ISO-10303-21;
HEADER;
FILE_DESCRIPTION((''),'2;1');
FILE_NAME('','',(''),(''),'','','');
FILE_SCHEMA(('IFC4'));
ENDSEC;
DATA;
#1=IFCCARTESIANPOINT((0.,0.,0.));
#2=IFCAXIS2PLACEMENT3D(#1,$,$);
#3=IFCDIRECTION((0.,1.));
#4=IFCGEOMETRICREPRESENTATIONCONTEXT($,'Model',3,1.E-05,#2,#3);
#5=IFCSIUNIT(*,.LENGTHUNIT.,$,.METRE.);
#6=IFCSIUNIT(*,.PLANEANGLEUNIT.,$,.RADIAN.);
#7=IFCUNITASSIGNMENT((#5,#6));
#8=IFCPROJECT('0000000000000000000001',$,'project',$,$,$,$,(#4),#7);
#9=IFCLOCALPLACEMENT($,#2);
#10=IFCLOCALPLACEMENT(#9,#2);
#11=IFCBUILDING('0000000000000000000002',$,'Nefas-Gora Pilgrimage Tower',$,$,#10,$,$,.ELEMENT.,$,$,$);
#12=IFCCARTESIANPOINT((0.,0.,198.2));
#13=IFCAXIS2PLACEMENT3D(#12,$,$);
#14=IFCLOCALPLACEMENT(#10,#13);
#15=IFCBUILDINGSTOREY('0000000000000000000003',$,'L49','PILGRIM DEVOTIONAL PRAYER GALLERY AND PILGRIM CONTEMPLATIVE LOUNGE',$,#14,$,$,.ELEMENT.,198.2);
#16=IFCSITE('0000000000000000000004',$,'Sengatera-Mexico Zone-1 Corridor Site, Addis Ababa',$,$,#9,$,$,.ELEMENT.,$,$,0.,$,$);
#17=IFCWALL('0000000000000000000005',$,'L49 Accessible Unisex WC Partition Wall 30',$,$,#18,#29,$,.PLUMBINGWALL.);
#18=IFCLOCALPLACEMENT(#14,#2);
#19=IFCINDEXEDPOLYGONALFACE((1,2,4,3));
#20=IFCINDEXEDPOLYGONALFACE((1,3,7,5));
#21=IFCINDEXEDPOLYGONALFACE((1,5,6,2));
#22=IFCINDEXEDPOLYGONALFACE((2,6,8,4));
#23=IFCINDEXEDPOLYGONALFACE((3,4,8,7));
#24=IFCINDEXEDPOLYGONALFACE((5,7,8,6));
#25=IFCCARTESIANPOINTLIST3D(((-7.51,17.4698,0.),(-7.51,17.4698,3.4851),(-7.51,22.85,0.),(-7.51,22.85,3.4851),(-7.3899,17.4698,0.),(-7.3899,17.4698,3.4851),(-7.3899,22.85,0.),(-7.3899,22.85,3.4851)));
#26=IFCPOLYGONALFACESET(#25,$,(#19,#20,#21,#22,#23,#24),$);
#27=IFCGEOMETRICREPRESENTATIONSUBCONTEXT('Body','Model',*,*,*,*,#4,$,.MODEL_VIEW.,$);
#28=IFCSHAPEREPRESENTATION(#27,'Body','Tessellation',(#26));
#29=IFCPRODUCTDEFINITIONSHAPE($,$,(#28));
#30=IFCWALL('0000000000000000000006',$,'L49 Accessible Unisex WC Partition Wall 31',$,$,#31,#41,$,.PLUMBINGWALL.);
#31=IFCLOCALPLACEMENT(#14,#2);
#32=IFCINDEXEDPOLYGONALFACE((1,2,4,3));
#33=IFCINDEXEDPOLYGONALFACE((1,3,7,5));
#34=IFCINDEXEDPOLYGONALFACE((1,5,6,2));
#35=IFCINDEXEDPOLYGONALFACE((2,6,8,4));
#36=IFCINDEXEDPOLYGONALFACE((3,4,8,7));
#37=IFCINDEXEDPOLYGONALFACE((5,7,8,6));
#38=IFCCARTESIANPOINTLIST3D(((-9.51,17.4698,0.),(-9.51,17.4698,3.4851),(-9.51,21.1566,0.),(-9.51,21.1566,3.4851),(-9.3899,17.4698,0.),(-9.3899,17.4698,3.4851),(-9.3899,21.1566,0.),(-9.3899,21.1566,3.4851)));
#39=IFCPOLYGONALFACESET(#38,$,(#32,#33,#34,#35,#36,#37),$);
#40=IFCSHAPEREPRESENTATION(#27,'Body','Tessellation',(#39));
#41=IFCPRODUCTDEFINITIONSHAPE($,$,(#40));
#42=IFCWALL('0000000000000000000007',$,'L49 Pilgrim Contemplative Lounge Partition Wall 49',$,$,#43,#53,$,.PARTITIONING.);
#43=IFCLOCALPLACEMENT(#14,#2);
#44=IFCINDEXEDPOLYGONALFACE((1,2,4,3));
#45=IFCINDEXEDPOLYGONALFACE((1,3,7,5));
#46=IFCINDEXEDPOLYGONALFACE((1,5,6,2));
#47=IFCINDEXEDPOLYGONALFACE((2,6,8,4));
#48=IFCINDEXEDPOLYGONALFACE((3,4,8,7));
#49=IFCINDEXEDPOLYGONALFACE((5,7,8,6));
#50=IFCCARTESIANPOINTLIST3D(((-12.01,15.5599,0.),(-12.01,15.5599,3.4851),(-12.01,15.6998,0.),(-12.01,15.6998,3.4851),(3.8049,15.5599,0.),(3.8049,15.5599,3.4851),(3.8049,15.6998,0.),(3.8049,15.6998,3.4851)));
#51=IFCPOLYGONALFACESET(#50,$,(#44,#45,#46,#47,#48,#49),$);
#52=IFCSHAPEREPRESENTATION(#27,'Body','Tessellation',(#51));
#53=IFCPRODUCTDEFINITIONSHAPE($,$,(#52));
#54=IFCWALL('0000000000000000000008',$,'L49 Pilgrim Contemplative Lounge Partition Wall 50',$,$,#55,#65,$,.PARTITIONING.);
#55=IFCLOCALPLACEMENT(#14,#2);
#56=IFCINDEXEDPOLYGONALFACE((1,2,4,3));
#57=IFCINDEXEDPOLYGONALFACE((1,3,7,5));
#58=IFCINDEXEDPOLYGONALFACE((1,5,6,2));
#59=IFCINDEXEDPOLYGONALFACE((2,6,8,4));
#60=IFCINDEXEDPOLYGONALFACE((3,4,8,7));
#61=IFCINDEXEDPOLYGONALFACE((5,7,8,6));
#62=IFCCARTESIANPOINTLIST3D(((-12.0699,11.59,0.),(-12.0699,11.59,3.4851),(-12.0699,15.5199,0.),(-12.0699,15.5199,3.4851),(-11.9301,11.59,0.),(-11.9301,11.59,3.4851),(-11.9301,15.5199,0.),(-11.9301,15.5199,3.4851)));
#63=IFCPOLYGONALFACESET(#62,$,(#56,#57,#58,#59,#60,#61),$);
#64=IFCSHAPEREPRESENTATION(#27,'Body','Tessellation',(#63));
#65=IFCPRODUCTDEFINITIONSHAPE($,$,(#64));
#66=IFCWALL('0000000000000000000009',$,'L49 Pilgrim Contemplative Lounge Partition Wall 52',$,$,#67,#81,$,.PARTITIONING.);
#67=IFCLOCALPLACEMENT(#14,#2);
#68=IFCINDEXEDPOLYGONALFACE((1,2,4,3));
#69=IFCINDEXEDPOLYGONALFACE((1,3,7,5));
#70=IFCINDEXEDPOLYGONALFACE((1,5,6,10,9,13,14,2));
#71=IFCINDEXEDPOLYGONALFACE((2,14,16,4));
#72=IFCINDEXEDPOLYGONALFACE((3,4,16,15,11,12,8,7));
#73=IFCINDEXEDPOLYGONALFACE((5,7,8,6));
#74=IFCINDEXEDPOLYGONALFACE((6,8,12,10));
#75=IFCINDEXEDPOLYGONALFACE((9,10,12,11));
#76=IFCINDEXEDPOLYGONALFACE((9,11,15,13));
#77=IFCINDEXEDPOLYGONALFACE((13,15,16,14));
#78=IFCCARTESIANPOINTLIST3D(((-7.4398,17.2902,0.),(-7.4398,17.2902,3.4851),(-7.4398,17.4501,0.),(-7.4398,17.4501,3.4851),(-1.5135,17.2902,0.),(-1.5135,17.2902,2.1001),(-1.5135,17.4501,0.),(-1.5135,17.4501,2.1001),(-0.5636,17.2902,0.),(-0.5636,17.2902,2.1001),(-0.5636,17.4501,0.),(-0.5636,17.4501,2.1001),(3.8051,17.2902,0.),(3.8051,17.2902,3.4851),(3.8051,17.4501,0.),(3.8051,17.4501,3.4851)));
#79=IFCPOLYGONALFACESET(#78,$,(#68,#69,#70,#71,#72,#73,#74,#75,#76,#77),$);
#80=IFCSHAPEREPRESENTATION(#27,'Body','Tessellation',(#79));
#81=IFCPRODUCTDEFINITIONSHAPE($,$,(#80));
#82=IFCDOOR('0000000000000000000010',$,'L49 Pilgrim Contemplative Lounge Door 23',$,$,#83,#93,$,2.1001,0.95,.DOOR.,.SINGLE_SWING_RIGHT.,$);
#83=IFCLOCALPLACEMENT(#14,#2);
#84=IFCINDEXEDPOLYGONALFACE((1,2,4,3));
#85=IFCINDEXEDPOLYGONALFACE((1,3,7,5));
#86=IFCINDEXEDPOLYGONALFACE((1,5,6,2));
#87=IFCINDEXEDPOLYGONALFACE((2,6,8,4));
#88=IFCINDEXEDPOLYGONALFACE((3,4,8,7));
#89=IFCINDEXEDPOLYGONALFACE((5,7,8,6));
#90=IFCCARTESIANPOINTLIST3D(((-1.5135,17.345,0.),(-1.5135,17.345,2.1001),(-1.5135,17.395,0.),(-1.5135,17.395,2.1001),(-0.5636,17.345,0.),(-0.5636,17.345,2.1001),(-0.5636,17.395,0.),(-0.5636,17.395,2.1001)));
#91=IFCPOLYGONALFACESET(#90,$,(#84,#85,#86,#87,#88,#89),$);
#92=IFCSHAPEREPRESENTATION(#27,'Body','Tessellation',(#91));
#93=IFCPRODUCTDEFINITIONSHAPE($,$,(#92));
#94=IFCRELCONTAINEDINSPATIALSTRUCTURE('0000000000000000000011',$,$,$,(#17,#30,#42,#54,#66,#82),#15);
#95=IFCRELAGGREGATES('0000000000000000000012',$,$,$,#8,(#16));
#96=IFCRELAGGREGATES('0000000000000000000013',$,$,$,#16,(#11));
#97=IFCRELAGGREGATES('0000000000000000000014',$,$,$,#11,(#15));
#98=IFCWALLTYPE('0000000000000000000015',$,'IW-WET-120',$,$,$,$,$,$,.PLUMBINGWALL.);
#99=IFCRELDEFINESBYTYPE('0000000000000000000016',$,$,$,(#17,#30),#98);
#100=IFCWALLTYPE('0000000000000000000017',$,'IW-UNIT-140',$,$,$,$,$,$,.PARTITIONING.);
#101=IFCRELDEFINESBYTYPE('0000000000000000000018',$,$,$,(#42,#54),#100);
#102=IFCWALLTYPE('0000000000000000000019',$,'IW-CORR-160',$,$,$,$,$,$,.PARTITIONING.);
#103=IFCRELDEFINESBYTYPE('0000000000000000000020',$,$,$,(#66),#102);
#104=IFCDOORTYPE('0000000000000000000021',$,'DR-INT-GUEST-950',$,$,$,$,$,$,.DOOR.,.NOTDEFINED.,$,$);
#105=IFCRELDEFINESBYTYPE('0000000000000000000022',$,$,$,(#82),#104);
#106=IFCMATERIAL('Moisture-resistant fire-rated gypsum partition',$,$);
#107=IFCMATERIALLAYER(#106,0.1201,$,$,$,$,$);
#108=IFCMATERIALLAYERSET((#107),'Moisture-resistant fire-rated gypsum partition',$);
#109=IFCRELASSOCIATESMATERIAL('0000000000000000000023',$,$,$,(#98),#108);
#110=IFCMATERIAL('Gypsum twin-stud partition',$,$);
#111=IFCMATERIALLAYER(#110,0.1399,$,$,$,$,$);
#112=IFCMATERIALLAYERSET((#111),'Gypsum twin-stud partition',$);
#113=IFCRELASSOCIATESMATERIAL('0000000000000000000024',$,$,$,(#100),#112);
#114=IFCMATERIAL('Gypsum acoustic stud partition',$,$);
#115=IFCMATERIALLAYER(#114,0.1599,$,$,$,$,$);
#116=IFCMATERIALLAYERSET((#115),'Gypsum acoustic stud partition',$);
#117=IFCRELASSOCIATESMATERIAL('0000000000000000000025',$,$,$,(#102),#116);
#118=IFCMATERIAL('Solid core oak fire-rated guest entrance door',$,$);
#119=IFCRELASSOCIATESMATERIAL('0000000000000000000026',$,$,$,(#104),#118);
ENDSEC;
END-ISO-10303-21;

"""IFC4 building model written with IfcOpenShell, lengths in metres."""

from ifc_helpers import new_model, si_unit, direction, frame, frame_2d, origin, place, context, subcontext, project, spatial, rectangle, extrude, source, transform, mapped, material, layer, layer_set, type_object, element, fill, save


model = new_model("IFC4")

# Units and contexts
model_context = context("Model", 3, precision=1e-05, world=origin(), true_north=direction((0.0, 1.0)))
body_context = subcontext(model_context, "Body", "Model", "MODEL_VIEW")
ifc_project = project(units=[si_unit("LENGTHUNIT", "METRE"), si_unit("PLANEANGLEUNIT", "RADIAN")], contexts=[model_context])

# Site, building, storey
site_placement = place(None, origin())
site = spatial("IfcSite", under=ifc_project, at=site_placement, Name="Sengatera-Mexico Zone-1 Corridor Site, Addis Ababa", CompositionType="ELEMENT", RefElevation=0.0)
building_placement = place(site_placement, origin())
building = spatial("IfcBuilding", under=site, at=building_placement, Name="Nefas-Gora Pilgrimage Tower", CompositionType="ELEMENT")
storey_placement = place(building_placement, frame((0.0, 0.0, 198.2)))
storey = spatial("IfcBuildingStorey", under=building, at=storey_placement, Name="L49", Description="PILGRIM DEVOTIONAL PRAYER GALLERY AND PILGRIM CONTEMPLATIVE LOUNGE", CompositionType="ELEMENT", Elevation=198.2)

# Shared definitions
ifc_material_1 = material(Name="Moisture-resistant fire-rated gypsum partition")
ifc_layer_1 = layer(ifc_material_1, 0.1201)
ifc_layer_set_1 = layer_set([ifc_layer_1], Name="Moisture-resistant fire-rated gypsum partition")
wall_type_1 = type_object("IfcWallType", Name="IW-WET-120", PredefinedType="PLUMBINGWALL", material=ifc_layer_set_1)

# Walls
shared_shape_1 = source(origin(), body_context, "Body", "SweptSolid", [
    extrude(rectangle(XDim=5.3801, YDim=0.1201, at=frame_2d((2.6899, 0.0))), origin(), (0.0, 0.0, 1.0), 3.4851),
])
wall_1_placement = place(storey_placement, frame((-7.45, 17.47, 0.0), z_axis=(0.0, 0.0, 1.0), x_axis=(0.0, 1.0, 0.0)))
element("IfcWall", 1, at=wall_1_placement, inside=storey, type_object=wall_type_1, Name="L49 Accessible Unisex WC Partition Wall 30", PredefinedType="PLUMBINGWALL", context=body_context, shape_type="MappedRepresentation", body=[
    mapped(shared_shape_1, transform((0.0, 0.0, 0.0), x_axis=(1.0, 0.0, 0.0), y_axis=(0.0, 1.0, 0.0), z_axis=(0.0, 0.0, 1.0), scale=1.0)),
])
shared_shape_2 = source(origin(), body_context, "Body", "SweptSolid", [
    extrude(rectangle(XDim=3.6868, YDim=0.1201, at=frame_2d((1.8433, 0.0))), origin(), (0.0, 0.0, 1.0), 3.4851),
])
wall_2_placement = place(storey_placement, frame((-9.45, 17.47, 0.0), z_axis=(0.0, 0.0, 1.0), x_axis=(0.0, 1.0, 0.0)))
element("IfcWall", 2, at=wall_2_placement, inside=storey, type_object=wall_type_1, Name="L49 Accessible Unisex WC Partition Wall 31", PredefinedType="PLUMBINGWALL", context=body_context, shape_type="MappedRepresentation", body=[
    mapped(shared_shape_2, transform((0.0, 0.0, 0.0), x_axis=(1.0, 0.0, 0.0), y_axis=(0.0, 1.0, 0.0), z_axis=(0.0, 0.0, 1.0), scale=1.0)),
])
ifc_material_2 = material(Name="Gypsum twin-stud partition")
ifc_layer_2 = layer(ifc_material_2, 0.1399)
ifc_layer_set_2 = layer_set([ifc_layer_2], Name="Gypsum twin-stud partition")
wall_type_2 = type_object("IfcWallType", Name="IW-UNIT-140", PredefinedType="PARTITIONING", material=ifc_layer_set_2)
shared_shape_3 = source(origin(), body_context, "Body", "SweptSolid", [
    extrude(rectangle(XDim=15.8149, YDim=0.1399, at=frame_2d((7.9075, 0.0))), origin(), (0.0, 0.0, 1.0), 3.4851),
])
wall_3_placement = place(storey_placement, frame((-12.01, 15.6299, 0.0), z_axis=(0.0, 0.0, 1.0), x_axis=(1.0, 0.0, 0.0)))
element("IfcWall", 3, at=wall_3_placement, inside=storey, type_object=wall_type_2, Name="L49 Pilgrim Contemplative Lounge Partition Wall 49", PredefinedType="PARTITIONING", context=body_context, shape_type="MappedRepresentation", body=[
    mapped(shared_shape_3, transform((0.0, 0.0, 0.0), x_axis=(1.0, 0.0, 0.0), y_axis=(0.0, 1.0, 0.0), z_axis=(0.0, 0.0, 1.0), scale=1.0)),
])
shared_shape_4 = source(origin(), body_context, "Body", "SweptSolid", [
    extrude(rectangle(XDim=3.9299, YDim=0.1399, at=frame_2d((1.9648, 0.0))), origin(), (0.0, 0.0, 1.0), 3.4851),
])
wall_4_placement = place(storey_placement, frame((-12.0, 11.5901, 0.0), z_axis=(0.0, 0.0, 1.0), x_axis=(0.0, 1.0, 0.0)))
element("IfcWall", 4, at=wall_4_placement, inside=storey, type_object=wall_type_2, Name="L49 Pilgrim Contemplative Lounge Partition Wall 50", PredefinedType="PARTITIONING", context=body_context, shape_type="MappedRepresentation", body=[
    mapped(shared_shape_4, transform((0.0, 0.0, 0.0), x_axis=(1.0, 0.0, 0.0), y_axis=(0.0, 1.0, 0.0), z_axis=(0.0, 0.0, 1.0), scale=1.0)),
])

# Wall, opening, door
ifc_material_3 = material(Name="Gypsum acoustic stud partition")
ifc_layer_3 = layer(ifc_material_3, 0.1599)
ifc_layer_set_3 = layer_set([ifc_layer_3], Name="Gypsum acoustic stud partition")
wall_type_3 = type_object("IfcWallType", Name="IW-CORR-160", PredefinedType="PARTITIONING", material=ifc_layer_set_3)
shared_shape_5 = source(origin(), body_context, "Body", "SweptSolid", [
    extrude(rectangle(XDim=11.2449, YDim=0.1599, at=frame_2d((5.6226, 0.0))), origin(), (0.0, 0.0, 1.0), 3.4851),
])
wall_5_placement = place(storey_placement, frame((-7.4399, 17.3701, 0.0), z_axis=(0.0, 0.0, 1.0), x_axis=(1.0, 0.0, 0.0)))
wall_5 = element("IfcWall", 5, at=wall_5_placement, inside=storey, type_object=wall_type_3, Name="L49 Pilgrim Contemplative Lounge Partition Wall 52", PredefinedType="PARTITIONING", context=body_context, shape_type="MappedRepresentation", body=[
    mapped(shared_shape_5, transform((0.0, 0.0, 0.0), x_axis=(1.0, 0.0, 0.0), y_axis=(0.0, 1.0, 0.0), z_axis=(0.0, 0.0, 1.0), scale=1.0)),
])
opening_1_placement = place(wall_5_placement, frame((5.9263, 0.0, 0.0)))
opening_1 = element("IfcOpeningElement", 6, at=opening_1_placement, cuts=wall_5, PredefinedType="OPENING", context=body_context, shape_type="SweptSolid", body=[
    extrude(rectangle(XDim=0.95, YDim=2.1001, at=frame_2d((0.4751, 1.05))), frame((0.0, 0.0898, 0.0), z_axis=(0.0, -1.0, 0.0), x_axis=(1.0, 0.0, 0.0)), (0.0, 0.0, 1.0), 0.1799),
])
ifc_material_4 = material(Name="Solid core oak fire-rated guest entrance door")
door_type_1 = type_object("IfcDoorType", Name="DR-INT-GUEST-950", OperationType="NOTDEFINED", PredefinedType="DOOR", material=ifc_material_4)
shared_shape_6 = source(origin(), body_context, "Body", "SweptSolid", [
    extrude(rectangle(XDim=0.95, YDim=2.1001, at=frame_2d((0.4751, 1.05))), frame((0.0, 0.0249, 0.0), z_axis=(0.0, -1.0, 0.0), x_axis=(1.0, 0.0, 0.0)), (0.0, 0.0, 1.0), 0.05),
])
door_1_placement = place(opening_1_placement, origin())
door_1 = element("IfcDoor", 7, at=door_1_placement, inside=storey, type_object=door_type_1, Name="L49 Pilgrim Contemplative Lounge Door 23", OperationType="SINGLE_SWING_RIGHT", OverallHeight=2.1001, OverallWidth=0.95, PredefinedType="DOOR", context=body_context, shape_type="MappedRepresentation", body=[
    mapped(shared_shape_6, transform((0.0, 0.0, 0.0), x_axis=(1.0, 0.0, 0.0), y_axis=(0.0, 1.0, 0.0), z_axis=(0.0, 0.0, 1.0), scale=1.0)),
])
fill(opening_1, door_1)

save(model, "model.ifc")
